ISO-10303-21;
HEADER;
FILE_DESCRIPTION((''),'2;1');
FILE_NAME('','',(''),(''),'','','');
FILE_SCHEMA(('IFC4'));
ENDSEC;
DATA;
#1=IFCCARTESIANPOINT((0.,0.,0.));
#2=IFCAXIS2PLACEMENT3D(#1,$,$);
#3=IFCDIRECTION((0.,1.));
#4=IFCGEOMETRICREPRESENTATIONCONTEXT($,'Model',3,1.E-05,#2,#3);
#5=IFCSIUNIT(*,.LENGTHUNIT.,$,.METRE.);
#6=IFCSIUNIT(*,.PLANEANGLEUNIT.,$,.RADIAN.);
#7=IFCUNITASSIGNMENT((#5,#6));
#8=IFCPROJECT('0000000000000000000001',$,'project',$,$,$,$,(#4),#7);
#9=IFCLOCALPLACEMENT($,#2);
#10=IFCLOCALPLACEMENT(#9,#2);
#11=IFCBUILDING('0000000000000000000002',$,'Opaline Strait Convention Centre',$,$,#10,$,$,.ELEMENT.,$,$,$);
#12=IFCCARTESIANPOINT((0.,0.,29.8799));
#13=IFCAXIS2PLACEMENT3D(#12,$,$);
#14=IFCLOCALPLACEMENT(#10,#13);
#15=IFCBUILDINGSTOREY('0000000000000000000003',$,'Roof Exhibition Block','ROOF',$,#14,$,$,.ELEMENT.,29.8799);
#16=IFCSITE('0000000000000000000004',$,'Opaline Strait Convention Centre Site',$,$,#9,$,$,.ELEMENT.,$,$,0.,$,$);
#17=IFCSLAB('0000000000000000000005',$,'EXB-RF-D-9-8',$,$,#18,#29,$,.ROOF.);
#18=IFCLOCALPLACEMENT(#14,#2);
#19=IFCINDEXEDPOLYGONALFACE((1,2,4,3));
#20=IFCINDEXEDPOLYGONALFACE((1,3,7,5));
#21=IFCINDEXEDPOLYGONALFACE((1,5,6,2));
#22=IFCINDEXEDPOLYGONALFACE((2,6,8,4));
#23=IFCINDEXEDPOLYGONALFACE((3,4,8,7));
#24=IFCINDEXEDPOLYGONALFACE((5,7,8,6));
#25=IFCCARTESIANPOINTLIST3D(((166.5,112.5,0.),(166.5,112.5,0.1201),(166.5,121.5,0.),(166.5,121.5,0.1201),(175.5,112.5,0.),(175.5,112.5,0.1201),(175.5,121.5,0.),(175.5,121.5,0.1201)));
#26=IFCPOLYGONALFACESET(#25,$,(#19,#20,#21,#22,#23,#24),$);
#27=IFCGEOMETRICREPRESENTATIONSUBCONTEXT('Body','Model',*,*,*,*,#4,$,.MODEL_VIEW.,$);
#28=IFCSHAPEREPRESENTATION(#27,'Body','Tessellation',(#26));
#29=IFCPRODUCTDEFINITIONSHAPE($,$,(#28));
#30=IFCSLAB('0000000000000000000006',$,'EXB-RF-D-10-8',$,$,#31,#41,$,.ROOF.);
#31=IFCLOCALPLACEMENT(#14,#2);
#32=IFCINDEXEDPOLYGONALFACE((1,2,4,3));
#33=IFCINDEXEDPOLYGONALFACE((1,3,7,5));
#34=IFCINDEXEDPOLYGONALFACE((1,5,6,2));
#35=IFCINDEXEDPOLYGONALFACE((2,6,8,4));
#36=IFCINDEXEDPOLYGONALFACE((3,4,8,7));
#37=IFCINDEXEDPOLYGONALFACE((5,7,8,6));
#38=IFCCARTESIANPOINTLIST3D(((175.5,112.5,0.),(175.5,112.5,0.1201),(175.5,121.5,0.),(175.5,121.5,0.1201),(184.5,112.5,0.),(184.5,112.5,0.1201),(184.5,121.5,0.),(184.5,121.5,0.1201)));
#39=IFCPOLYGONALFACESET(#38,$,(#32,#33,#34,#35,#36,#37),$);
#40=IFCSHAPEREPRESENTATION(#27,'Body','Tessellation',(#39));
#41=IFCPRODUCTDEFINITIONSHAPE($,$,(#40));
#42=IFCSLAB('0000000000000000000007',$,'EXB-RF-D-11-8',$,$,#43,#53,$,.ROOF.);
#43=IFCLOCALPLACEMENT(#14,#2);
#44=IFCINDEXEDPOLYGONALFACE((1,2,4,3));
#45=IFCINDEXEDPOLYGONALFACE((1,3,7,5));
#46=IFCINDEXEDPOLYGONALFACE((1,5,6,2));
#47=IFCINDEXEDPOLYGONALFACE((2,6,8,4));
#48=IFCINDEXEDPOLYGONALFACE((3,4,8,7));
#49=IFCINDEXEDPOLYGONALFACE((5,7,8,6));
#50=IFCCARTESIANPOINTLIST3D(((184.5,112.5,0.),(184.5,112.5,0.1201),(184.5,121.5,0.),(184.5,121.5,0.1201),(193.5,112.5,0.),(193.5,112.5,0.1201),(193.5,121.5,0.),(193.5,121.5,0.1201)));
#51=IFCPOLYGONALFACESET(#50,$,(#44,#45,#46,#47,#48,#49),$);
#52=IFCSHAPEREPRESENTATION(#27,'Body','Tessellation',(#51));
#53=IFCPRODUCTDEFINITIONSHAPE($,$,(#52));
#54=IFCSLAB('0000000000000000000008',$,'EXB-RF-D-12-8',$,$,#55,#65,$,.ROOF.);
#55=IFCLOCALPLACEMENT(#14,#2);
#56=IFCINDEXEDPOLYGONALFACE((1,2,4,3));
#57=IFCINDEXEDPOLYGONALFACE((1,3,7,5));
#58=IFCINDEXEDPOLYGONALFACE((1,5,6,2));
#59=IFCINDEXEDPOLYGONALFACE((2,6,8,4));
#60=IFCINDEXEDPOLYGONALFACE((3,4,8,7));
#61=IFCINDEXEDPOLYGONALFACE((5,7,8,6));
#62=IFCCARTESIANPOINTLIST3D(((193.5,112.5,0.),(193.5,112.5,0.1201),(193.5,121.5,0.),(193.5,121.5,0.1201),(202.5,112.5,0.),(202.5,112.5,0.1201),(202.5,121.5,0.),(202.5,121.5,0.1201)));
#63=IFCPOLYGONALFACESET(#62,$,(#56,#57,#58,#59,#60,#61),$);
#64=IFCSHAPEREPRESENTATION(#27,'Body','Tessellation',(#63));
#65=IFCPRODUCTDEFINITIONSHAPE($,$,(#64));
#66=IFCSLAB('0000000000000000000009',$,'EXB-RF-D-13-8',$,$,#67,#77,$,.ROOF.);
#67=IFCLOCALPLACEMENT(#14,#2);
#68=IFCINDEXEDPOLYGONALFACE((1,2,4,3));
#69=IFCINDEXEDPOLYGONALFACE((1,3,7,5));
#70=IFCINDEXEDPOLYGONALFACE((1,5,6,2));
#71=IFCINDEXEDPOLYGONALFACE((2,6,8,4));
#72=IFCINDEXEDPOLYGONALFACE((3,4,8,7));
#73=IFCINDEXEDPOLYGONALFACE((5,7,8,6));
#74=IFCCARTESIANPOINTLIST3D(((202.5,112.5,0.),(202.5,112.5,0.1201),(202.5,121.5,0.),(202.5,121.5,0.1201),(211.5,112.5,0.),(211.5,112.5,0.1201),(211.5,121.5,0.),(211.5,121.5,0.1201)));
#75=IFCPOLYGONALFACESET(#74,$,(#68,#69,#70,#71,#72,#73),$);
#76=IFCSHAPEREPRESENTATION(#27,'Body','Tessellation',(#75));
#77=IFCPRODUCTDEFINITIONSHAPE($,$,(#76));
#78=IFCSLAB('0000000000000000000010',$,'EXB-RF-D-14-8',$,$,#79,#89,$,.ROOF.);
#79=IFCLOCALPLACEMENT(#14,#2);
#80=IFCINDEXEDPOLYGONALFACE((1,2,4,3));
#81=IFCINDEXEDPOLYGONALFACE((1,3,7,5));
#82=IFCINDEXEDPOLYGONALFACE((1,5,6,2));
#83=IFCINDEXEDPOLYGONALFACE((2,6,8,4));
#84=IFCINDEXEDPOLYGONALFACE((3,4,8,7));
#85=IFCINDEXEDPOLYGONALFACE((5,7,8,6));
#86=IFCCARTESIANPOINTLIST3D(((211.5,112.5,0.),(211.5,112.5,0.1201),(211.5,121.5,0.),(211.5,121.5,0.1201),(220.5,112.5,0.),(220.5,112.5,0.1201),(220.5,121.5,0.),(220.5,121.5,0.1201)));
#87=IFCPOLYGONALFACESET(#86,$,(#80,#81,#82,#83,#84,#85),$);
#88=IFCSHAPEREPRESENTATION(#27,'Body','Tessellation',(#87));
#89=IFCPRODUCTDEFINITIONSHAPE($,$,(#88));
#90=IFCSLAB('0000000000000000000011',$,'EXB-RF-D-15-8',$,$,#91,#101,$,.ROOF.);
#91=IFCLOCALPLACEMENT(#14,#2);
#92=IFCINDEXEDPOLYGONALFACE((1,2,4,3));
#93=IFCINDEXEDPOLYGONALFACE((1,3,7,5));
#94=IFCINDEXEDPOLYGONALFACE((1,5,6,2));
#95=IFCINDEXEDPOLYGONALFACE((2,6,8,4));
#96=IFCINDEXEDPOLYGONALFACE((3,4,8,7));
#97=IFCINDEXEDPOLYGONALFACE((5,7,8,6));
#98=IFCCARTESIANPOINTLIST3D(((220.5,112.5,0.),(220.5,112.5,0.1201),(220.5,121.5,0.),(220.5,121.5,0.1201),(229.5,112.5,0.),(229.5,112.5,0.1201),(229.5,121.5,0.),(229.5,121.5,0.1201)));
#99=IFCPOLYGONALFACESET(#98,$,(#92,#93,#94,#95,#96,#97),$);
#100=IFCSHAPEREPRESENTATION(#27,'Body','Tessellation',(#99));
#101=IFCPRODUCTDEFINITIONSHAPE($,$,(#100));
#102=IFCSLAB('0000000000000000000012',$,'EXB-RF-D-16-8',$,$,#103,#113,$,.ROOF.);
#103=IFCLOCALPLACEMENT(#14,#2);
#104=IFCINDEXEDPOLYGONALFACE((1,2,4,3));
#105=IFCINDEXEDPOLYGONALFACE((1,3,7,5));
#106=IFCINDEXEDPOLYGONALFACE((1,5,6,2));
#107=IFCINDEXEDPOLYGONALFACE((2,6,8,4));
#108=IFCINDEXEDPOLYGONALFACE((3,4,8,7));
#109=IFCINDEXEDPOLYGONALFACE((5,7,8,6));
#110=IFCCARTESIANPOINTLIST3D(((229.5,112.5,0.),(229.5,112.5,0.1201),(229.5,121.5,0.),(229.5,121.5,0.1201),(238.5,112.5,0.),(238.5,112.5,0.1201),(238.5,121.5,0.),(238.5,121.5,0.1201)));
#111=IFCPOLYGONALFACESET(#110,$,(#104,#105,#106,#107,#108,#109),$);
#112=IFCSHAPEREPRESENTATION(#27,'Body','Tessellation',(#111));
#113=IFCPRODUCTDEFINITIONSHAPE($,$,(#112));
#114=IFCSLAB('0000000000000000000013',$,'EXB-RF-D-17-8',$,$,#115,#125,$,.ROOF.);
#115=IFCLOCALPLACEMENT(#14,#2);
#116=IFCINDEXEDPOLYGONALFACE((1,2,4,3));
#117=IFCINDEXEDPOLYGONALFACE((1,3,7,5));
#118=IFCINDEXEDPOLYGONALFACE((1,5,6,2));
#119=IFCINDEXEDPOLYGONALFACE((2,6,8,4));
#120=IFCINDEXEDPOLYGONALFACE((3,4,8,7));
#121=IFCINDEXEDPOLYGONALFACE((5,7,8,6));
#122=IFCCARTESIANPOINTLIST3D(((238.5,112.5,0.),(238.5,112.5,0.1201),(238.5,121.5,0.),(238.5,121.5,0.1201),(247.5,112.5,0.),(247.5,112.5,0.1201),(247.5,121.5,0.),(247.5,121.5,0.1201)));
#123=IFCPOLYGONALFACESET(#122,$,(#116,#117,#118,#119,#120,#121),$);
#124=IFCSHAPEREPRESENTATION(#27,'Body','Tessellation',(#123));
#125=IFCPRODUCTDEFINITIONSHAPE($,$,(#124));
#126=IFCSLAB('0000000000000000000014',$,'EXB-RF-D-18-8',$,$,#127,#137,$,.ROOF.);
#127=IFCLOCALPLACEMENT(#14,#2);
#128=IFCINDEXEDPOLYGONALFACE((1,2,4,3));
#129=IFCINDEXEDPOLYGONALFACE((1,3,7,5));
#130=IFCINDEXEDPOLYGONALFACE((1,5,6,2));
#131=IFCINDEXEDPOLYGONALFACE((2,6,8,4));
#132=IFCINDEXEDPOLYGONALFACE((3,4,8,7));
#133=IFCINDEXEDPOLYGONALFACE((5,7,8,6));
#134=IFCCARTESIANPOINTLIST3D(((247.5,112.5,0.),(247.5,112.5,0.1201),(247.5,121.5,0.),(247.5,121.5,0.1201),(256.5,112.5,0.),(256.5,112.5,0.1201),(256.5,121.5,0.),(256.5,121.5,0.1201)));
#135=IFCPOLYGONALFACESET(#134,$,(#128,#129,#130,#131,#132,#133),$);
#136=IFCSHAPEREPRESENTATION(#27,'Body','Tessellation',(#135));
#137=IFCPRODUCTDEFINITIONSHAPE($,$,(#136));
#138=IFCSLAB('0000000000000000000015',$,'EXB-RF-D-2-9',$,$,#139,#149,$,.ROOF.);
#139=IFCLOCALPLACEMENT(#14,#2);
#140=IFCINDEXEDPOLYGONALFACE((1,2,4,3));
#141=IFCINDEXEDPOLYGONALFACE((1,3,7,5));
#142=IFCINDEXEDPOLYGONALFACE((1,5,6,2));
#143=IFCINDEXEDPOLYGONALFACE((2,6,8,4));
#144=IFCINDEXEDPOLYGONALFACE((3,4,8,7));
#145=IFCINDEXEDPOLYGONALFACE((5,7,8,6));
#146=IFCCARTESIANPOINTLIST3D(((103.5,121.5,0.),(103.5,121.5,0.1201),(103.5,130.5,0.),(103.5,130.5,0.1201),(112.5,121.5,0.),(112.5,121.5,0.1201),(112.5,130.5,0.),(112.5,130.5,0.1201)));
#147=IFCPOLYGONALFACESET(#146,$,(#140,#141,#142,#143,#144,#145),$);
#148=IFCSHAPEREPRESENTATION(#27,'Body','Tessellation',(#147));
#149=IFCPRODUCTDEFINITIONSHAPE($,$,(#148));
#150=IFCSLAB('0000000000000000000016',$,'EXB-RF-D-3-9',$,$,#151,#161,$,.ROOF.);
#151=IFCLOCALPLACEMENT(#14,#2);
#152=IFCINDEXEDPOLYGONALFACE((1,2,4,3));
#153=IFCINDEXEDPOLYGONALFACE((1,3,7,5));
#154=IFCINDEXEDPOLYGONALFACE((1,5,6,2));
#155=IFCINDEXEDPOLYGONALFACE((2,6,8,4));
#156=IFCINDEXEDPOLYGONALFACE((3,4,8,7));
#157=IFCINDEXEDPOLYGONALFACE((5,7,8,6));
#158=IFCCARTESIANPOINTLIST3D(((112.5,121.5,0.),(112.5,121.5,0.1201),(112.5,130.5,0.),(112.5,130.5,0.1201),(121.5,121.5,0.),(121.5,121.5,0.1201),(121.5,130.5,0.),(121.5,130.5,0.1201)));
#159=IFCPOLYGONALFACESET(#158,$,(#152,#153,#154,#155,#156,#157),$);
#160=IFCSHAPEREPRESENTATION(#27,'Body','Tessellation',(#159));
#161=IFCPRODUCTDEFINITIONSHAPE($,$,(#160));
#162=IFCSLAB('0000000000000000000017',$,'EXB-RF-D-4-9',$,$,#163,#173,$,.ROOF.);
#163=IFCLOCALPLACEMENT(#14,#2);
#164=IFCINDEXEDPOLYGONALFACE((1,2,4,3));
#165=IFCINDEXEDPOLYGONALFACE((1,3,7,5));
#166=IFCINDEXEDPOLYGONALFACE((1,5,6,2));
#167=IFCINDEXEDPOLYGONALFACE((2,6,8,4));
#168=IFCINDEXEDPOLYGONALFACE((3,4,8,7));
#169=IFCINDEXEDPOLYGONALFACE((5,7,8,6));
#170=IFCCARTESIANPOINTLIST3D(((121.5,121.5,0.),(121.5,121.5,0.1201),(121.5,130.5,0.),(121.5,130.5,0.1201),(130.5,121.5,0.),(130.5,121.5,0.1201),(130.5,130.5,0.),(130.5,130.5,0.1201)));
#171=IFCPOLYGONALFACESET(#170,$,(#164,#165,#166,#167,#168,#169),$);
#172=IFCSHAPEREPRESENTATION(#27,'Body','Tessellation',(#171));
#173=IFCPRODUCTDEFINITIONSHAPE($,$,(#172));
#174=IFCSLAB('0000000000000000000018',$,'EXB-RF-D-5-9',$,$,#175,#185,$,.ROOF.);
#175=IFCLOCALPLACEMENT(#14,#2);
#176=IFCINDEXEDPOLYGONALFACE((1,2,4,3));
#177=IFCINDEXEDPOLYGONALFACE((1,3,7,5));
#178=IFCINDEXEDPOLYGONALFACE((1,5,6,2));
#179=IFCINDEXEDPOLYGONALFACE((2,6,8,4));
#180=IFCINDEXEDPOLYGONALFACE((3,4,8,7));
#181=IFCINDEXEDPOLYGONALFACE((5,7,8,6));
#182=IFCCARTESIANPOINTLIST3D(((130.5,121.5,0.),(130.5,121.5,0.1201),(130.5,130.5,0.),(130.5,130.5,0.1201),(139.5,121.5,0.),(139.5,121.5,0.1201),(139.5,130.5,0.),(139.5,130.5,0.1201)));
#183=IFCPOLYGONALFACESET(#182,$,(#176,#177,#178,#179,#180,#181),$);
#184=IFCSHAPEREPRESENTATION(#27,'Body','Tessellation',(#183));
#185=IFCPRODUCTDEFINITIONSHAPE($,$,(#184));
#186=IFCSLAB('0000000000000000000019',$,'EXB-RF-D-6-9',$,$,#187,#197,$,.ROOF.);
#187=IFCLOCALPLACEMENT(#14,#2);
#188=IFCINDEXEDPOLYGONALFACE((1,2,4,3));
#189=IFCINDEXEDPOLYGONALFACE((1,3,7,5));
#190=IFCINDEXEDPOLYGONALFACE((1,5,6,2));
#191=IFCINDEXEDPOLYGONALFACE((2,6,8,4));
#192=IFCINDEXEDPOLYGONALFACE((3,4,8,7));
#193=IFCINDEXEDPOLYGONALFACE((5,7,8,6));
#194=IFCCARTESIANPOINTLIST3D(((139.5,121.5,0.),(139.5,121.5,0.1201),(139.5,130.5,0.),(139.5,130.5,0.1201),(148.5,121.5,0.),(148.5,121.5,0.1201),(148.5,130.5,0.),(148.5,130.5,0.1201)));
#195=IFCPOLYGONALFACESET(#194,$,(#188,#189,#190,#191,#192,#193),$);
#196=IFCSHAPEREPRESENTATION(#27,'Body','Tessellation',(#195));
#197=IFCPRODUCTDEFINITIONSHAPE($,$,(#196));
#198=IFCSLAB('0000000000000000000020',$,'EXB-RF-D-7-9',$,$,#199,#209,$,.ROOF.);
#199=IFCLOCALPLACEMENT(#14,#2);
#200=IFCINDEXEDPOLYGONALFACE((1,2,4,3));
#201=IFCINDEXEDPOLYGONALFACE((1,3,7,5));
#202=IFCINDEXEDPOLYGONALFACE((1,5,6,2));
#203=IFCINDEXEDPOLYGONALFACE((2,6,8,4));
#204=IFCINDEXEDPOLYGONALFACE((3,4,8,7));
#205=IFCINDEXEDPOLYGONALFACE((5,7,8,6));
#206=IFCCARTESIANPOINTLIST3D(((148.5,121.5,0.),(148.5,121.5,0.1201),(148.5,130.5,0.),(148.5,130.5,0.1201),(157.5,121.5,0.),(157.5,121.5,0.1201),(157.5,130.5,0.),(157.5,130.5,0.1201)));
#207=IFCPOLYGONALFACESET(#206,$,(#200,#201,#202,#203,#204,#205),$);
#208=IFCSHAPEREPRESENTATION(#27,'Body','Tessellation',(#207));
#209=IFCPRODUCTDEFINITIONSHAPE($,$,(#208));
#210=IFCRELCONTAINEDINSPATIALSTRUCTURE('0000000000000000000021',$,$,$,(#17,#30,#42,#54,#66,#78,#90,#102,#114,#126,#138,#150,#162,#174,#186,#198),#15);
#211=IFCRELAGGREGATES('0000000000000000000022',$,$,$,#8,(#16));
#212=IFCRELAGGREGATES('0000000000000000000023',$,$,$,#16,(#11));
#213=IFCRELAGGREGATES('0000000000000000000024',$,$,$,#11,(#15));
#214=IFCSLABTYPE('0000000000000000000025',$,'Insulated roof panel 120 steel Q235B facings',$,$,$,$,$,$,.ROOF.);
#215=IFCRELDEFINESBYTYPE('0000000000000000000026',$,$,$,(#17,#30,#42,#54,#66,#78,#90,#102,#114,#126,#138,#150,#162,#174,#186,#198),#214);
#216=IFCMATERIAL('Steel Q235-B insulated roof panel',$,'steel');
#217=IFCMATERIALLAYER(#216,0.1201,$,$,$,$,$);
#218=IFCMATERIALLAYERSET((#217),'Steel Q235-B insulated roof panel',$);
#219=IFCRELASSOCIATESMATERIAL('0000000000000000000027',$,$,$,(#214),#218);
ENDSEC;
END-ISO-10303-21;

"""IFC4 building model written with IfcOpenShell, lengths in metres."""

from ifc_helpers import new_model, si_unit, direction, frame, origin, place, context, subcontext, project, spatial, polyline, outline, extrude, material, layer, layer_set, type_object, element, save


model = new_model("IFC4")

# Units and contexts
model_context = context("Model", 3, precision=1e-05, world=origin(), true_north=direction((0.0, 1.0)))
body_context = subcontext(model_context, "Body", "Model", "MODEL_VIEW")
ifc_project = project(units=[si_unit("LENGTHUNIT", "METRE"), si_unit("PLANEANGLEUNIT", "RADIAN")], contexts=[model_context])

# Site, building, storey
site_placement = place(None, origin())
site = spatial("IfcSite", under=ifc_project, at=site_placement, Name="Opaline Strait Convention Centre Site", CompositionType="ELEMENT", RefElevation=0.0)
building_placement = place(site_placement, origin())
building = spatial("IfcBuilding", under=site, at=building_placement, Name="Opaline Strait Convention Centre", CompositionType="ELEMENT")
storey_placement = place(building_placement, frame((0.0, 0.0, 29.8799)))
storey = spatial("IfcBuildingStorey", under=building, at=storey_placement, Name="Roof Exhibition Block", Description="ROOF", CompositionType="ELEMENT", Elevation=29.8799)

# Slabs
ifc_material = material(Name="Steel Q235-B insulated roof panel", Category="steel")
ifc_layer = layer(ifc_material, 0.1201)
ifc_layer_set = layer_set([ifc_layer], Name="Steel Q235-B insulated roof panel")
slab_type = type_object("IfcSlabType", Name="Insulated roof panel 120 steel Q235B facings", PredefinedType="ROOF", material=ifc_layer_set)
slab_1_placement = place(storey_placement, origin())
element("IfcSlab", 1, at=slab_1_placement, inside=storey, type_object=slab_type, Name="EXB-RF-D-9-8", PredefinedType="ROOF", context=body_context, shape_type="SweptSolid", body=[
    extrude(outline(polyline([(166.5, 112.5), (175.5, 112.5), (175.5, 121.5), (166.5, 121.5), (166.5, 112.5)])), origin(), (0.0, 0.0, 1.0), 0.1201),
])
slab_2_placement = place(storey_placement, origin())
element("IfcSlab", 2, at=slab_2_placement, inside=storey, type_object=slab_type, Name="EXB-RF-D-10-8", PredefinedType="ROOF", context=body_context, shape_type="SweptSolid", body=[
    extrude(outline(polyline([(175.5, 112.5), (184.5, 112.5), (184.5, 121.5), (175.5, 121.5), (175.5, 112.5)])), origin(), (0.0, 0.0, 1.0), 0.1201),
])
slab_3_placement = place(storey_placement, origin())
element("IfcSlab", 3, at=slab_3_placement, inside=storey, type_object=slab_type, Name="EXB-RF-D-11-8", PredefinedType="ROOF", context=body_context, shape_type="SweptSolid", body=[
    extrude(outline(polyline([(184.5, 112.5), (193.5, 112.5), (193.5, 121.5), (184.5, 121.5), (184.5, 112.5)])), origin(), (0.0, 0.0, 1.0), 0.1201),
])
slab_4_placement = place(storey_placement, origin())
element("IfcSlab", 4, at=slab_4_placement, inside=storey, type_object=slab_type, Name="EXB-RF-D-12-8", PredefinedType="ROOF", context=body_context, shape_type="SweptSolid", body=[
    extrude(outline(polyline([(193.5, 112.5), (202.5, 112.5), (202.5, 121.5), (193.5, 121.5), (193.5, 112.5)])), origin(), (0.0, 0.0, 1.0), 0.1201),
])
slab_5_placement = place(storey_placement, origin())
element("IfcSlab", 5, at=slab_5_placement, inside=storey, type_object=slab_type, Name="EXB-RF-D-13-8", PredefinedType="ROOF", context=body_context, shape_type="SweptSolid", body=[
    extrude(outline(polyline([(202.5, 112.5), (211.5, 112.5), (211.5, 121.5), (202.5, 121.5), (202.5, 112.5)])), origin(), (0.0, 0.0, 1.0), 0.1201),
])
slab_6_placement = place(storey_placement, origin())
element("IfcSlab", 6, at=slab_6_placement, inside=storey, type_object=slab_type, Name="EXB-RF-D-14-8", PredefinedType="ROOF", context=body_context, shape_type="SweptSolid", body=[
    extrude(outline(polyline([(211.5, 112.5), (220.5, 112.5), (220.5, 121.5), (211.5, 121.5), (211.5, 112.5)])), origin(), (0.0, 0.0, 1.0), 0.1201),
])
slab_7_placement = place(storey_placement, origin())
element("IfcSlab", 7, at=slab_7_placement, inside=storey, type_object=slab_type, Name="EXB-RF-D-15-8", PredefinedType="ROOF", context=body_context, shape_type="SweptSolid", body=[
    extrude(outline(polyline([(220.5, 112.5), (229.5, 112.5), (229.5, 121.5), (220.5, 121.5), (220.5, 112.5)])), origin(), (0.0, 0.0, 1.0), 0.1201),
])
slab_8_placement = place(storey_placement, origin())
element("IfcSlab", 8, at=slab_8_placement, inside=storey, type_object=slab_type, Name="EXB-RF-D-16-8", PredefinedType="ROOF", context=body_context, shape_type="SweptSolid", body=[
    extrude(outline(polyline([(229.5, 112.5), (238.5, 112.5), (238.5, 121.5), (229.5, 121.5), (229.5, 112.5)])), origin(), (0.0, 0.0, 1.0), 0.1201),
])
slab_9_placement = place(storey_placement, origin())
element("IfcSlab", 9, at=slab_9_placement, inside=storey, type_object=slab_type, Name="EXB-RF-D-17-8", PredefinedType="ROOF", context=body_context, shape_type="SweptSolid", body=[
    extrude(outline(polyline([(238.5, 112.5), (247.5, 112.5), (247.5, 121.5), (238.5, 121.5), (238.5, 112.5)])), origin(), (0.0, 0.0, 1.0), 0.1201),
])
slab_10_placement = place(storey_placement, origin())
element("IfcSlab", 10, at=slab_10_placement, inside=storey, type_object=slab_type, Name="EXB-RF-D-18-8", PredefinedType="ROOF", context=body_context, shape_type="SweptSolid", body=[
    extrude(outline(polyline([(247.5, 112.5), (256.5, 112.5), (256.5, 121.5), (247.5, 121.5), (247.5, 112.5)])), origin(), (0.0, 0.0, 1.0), 0.1201),
])
slab_11_placement = place(storey_placement, origin())
element("IfcSlab", 11, at=slab_11_placement, inside=storey, type_object=slab_type, Name="EXB-RF-D-2-9", PredefinedType="ROOF", context=body_context, shape_type="SweptSolid", body=[
    extrude(outline(polyline([(103.5, 121.5), (112.5, 121.5), (112.5, 130.5), (103.5, 130.5), (103.5, 121.5)])), origin(), (0.0, 0.0, 1.0), 0.1201),
])
slab_12_placement = place(storey_placement, origin())
element("IfcSlab", 12, at=slab_12_placement, inside=storey, type_object=slab_type, Name="EXB-RF-D-3-9", PredefinedType="ROOF", context=body_context, shape_type="SweptSolid", body=[
    extrude(outline(polyline([(112.5, 121.5), (121.5, 121.5), (121.5, 130.5), (112.5, 130.5), (112.5, 121.5)])), origin(), (0.0, 0.0, 1.0), 0.1201),
])
slab_13_placement = place(storey_placement, origin())
element("IfcSlab", 13, at=slab_13_placement, inside=storey, type_object=slab_type, Name="EXB-RF-D-4-9", PredefinedType="ROOF", context=body_context, shape_type="SweptSolid", body=[
    extrude(outline(polyline([(121.5, 121.5), (130.5, 121.5), (130.5, 130.5), (121.5, 130.5), (121.5, 121.5)])), origin(), (0.0, 0.0, 1.0), 0.1201),
])
slab_14_placement = place(storey_placement, origin())
element("IfcSlab", 14, at=slab_14_placement, inside=storey, type_object=slab_type, Name="EXB-RF-D-5-9", PredefinedType="ROOF", context=body_context, shape_type="SweptSolid", body=[
    extrude(outline(polyline([(130.5, 121.5), (139.5, 121.5), (139.5, 130.5), (130.5, 130.5), (130.5, 121.5)])), origin(), (0.0, 0.0, 1.0), 0.1201),
])
slab_15_placement = place(storey_placement, origin())
element("IfcSlab", 15, at=slab_15_placement, inside=storey, type_object=slab_type, Name="EXB-RF-D-6-9", PredefinedType="ROOF", context=body_context, shape_type="SweptSolid", body=[
    extrude(outline(polyline([(139.5, 121.5), (148.5, 121.5), (148.5, 130.5), (139.5, 130.5), (139.5, 121.5)])), origin(), (0.0, 0.0, 1.0), 0.1201),
])
slab_16_placement = place(storey_placement, origin())
element("IfcSlab", 16, at=slab_16_placement, inside=storey, type_object=slab_type, Name="EXB-RF-D-7-9", PredefinedType="ROOF", context=body_context, shape_type="SweptSolid", body=[
    extrude(outline(polyline([(148.5, 121.5), (157.5, 121.5), (157.5, 130.5), (148.5, 130.5), (148.5, 121.5)])), origin(), (0.0, 0.0, 1.0), 0.1201),
])

save(model, "model.ifc")
